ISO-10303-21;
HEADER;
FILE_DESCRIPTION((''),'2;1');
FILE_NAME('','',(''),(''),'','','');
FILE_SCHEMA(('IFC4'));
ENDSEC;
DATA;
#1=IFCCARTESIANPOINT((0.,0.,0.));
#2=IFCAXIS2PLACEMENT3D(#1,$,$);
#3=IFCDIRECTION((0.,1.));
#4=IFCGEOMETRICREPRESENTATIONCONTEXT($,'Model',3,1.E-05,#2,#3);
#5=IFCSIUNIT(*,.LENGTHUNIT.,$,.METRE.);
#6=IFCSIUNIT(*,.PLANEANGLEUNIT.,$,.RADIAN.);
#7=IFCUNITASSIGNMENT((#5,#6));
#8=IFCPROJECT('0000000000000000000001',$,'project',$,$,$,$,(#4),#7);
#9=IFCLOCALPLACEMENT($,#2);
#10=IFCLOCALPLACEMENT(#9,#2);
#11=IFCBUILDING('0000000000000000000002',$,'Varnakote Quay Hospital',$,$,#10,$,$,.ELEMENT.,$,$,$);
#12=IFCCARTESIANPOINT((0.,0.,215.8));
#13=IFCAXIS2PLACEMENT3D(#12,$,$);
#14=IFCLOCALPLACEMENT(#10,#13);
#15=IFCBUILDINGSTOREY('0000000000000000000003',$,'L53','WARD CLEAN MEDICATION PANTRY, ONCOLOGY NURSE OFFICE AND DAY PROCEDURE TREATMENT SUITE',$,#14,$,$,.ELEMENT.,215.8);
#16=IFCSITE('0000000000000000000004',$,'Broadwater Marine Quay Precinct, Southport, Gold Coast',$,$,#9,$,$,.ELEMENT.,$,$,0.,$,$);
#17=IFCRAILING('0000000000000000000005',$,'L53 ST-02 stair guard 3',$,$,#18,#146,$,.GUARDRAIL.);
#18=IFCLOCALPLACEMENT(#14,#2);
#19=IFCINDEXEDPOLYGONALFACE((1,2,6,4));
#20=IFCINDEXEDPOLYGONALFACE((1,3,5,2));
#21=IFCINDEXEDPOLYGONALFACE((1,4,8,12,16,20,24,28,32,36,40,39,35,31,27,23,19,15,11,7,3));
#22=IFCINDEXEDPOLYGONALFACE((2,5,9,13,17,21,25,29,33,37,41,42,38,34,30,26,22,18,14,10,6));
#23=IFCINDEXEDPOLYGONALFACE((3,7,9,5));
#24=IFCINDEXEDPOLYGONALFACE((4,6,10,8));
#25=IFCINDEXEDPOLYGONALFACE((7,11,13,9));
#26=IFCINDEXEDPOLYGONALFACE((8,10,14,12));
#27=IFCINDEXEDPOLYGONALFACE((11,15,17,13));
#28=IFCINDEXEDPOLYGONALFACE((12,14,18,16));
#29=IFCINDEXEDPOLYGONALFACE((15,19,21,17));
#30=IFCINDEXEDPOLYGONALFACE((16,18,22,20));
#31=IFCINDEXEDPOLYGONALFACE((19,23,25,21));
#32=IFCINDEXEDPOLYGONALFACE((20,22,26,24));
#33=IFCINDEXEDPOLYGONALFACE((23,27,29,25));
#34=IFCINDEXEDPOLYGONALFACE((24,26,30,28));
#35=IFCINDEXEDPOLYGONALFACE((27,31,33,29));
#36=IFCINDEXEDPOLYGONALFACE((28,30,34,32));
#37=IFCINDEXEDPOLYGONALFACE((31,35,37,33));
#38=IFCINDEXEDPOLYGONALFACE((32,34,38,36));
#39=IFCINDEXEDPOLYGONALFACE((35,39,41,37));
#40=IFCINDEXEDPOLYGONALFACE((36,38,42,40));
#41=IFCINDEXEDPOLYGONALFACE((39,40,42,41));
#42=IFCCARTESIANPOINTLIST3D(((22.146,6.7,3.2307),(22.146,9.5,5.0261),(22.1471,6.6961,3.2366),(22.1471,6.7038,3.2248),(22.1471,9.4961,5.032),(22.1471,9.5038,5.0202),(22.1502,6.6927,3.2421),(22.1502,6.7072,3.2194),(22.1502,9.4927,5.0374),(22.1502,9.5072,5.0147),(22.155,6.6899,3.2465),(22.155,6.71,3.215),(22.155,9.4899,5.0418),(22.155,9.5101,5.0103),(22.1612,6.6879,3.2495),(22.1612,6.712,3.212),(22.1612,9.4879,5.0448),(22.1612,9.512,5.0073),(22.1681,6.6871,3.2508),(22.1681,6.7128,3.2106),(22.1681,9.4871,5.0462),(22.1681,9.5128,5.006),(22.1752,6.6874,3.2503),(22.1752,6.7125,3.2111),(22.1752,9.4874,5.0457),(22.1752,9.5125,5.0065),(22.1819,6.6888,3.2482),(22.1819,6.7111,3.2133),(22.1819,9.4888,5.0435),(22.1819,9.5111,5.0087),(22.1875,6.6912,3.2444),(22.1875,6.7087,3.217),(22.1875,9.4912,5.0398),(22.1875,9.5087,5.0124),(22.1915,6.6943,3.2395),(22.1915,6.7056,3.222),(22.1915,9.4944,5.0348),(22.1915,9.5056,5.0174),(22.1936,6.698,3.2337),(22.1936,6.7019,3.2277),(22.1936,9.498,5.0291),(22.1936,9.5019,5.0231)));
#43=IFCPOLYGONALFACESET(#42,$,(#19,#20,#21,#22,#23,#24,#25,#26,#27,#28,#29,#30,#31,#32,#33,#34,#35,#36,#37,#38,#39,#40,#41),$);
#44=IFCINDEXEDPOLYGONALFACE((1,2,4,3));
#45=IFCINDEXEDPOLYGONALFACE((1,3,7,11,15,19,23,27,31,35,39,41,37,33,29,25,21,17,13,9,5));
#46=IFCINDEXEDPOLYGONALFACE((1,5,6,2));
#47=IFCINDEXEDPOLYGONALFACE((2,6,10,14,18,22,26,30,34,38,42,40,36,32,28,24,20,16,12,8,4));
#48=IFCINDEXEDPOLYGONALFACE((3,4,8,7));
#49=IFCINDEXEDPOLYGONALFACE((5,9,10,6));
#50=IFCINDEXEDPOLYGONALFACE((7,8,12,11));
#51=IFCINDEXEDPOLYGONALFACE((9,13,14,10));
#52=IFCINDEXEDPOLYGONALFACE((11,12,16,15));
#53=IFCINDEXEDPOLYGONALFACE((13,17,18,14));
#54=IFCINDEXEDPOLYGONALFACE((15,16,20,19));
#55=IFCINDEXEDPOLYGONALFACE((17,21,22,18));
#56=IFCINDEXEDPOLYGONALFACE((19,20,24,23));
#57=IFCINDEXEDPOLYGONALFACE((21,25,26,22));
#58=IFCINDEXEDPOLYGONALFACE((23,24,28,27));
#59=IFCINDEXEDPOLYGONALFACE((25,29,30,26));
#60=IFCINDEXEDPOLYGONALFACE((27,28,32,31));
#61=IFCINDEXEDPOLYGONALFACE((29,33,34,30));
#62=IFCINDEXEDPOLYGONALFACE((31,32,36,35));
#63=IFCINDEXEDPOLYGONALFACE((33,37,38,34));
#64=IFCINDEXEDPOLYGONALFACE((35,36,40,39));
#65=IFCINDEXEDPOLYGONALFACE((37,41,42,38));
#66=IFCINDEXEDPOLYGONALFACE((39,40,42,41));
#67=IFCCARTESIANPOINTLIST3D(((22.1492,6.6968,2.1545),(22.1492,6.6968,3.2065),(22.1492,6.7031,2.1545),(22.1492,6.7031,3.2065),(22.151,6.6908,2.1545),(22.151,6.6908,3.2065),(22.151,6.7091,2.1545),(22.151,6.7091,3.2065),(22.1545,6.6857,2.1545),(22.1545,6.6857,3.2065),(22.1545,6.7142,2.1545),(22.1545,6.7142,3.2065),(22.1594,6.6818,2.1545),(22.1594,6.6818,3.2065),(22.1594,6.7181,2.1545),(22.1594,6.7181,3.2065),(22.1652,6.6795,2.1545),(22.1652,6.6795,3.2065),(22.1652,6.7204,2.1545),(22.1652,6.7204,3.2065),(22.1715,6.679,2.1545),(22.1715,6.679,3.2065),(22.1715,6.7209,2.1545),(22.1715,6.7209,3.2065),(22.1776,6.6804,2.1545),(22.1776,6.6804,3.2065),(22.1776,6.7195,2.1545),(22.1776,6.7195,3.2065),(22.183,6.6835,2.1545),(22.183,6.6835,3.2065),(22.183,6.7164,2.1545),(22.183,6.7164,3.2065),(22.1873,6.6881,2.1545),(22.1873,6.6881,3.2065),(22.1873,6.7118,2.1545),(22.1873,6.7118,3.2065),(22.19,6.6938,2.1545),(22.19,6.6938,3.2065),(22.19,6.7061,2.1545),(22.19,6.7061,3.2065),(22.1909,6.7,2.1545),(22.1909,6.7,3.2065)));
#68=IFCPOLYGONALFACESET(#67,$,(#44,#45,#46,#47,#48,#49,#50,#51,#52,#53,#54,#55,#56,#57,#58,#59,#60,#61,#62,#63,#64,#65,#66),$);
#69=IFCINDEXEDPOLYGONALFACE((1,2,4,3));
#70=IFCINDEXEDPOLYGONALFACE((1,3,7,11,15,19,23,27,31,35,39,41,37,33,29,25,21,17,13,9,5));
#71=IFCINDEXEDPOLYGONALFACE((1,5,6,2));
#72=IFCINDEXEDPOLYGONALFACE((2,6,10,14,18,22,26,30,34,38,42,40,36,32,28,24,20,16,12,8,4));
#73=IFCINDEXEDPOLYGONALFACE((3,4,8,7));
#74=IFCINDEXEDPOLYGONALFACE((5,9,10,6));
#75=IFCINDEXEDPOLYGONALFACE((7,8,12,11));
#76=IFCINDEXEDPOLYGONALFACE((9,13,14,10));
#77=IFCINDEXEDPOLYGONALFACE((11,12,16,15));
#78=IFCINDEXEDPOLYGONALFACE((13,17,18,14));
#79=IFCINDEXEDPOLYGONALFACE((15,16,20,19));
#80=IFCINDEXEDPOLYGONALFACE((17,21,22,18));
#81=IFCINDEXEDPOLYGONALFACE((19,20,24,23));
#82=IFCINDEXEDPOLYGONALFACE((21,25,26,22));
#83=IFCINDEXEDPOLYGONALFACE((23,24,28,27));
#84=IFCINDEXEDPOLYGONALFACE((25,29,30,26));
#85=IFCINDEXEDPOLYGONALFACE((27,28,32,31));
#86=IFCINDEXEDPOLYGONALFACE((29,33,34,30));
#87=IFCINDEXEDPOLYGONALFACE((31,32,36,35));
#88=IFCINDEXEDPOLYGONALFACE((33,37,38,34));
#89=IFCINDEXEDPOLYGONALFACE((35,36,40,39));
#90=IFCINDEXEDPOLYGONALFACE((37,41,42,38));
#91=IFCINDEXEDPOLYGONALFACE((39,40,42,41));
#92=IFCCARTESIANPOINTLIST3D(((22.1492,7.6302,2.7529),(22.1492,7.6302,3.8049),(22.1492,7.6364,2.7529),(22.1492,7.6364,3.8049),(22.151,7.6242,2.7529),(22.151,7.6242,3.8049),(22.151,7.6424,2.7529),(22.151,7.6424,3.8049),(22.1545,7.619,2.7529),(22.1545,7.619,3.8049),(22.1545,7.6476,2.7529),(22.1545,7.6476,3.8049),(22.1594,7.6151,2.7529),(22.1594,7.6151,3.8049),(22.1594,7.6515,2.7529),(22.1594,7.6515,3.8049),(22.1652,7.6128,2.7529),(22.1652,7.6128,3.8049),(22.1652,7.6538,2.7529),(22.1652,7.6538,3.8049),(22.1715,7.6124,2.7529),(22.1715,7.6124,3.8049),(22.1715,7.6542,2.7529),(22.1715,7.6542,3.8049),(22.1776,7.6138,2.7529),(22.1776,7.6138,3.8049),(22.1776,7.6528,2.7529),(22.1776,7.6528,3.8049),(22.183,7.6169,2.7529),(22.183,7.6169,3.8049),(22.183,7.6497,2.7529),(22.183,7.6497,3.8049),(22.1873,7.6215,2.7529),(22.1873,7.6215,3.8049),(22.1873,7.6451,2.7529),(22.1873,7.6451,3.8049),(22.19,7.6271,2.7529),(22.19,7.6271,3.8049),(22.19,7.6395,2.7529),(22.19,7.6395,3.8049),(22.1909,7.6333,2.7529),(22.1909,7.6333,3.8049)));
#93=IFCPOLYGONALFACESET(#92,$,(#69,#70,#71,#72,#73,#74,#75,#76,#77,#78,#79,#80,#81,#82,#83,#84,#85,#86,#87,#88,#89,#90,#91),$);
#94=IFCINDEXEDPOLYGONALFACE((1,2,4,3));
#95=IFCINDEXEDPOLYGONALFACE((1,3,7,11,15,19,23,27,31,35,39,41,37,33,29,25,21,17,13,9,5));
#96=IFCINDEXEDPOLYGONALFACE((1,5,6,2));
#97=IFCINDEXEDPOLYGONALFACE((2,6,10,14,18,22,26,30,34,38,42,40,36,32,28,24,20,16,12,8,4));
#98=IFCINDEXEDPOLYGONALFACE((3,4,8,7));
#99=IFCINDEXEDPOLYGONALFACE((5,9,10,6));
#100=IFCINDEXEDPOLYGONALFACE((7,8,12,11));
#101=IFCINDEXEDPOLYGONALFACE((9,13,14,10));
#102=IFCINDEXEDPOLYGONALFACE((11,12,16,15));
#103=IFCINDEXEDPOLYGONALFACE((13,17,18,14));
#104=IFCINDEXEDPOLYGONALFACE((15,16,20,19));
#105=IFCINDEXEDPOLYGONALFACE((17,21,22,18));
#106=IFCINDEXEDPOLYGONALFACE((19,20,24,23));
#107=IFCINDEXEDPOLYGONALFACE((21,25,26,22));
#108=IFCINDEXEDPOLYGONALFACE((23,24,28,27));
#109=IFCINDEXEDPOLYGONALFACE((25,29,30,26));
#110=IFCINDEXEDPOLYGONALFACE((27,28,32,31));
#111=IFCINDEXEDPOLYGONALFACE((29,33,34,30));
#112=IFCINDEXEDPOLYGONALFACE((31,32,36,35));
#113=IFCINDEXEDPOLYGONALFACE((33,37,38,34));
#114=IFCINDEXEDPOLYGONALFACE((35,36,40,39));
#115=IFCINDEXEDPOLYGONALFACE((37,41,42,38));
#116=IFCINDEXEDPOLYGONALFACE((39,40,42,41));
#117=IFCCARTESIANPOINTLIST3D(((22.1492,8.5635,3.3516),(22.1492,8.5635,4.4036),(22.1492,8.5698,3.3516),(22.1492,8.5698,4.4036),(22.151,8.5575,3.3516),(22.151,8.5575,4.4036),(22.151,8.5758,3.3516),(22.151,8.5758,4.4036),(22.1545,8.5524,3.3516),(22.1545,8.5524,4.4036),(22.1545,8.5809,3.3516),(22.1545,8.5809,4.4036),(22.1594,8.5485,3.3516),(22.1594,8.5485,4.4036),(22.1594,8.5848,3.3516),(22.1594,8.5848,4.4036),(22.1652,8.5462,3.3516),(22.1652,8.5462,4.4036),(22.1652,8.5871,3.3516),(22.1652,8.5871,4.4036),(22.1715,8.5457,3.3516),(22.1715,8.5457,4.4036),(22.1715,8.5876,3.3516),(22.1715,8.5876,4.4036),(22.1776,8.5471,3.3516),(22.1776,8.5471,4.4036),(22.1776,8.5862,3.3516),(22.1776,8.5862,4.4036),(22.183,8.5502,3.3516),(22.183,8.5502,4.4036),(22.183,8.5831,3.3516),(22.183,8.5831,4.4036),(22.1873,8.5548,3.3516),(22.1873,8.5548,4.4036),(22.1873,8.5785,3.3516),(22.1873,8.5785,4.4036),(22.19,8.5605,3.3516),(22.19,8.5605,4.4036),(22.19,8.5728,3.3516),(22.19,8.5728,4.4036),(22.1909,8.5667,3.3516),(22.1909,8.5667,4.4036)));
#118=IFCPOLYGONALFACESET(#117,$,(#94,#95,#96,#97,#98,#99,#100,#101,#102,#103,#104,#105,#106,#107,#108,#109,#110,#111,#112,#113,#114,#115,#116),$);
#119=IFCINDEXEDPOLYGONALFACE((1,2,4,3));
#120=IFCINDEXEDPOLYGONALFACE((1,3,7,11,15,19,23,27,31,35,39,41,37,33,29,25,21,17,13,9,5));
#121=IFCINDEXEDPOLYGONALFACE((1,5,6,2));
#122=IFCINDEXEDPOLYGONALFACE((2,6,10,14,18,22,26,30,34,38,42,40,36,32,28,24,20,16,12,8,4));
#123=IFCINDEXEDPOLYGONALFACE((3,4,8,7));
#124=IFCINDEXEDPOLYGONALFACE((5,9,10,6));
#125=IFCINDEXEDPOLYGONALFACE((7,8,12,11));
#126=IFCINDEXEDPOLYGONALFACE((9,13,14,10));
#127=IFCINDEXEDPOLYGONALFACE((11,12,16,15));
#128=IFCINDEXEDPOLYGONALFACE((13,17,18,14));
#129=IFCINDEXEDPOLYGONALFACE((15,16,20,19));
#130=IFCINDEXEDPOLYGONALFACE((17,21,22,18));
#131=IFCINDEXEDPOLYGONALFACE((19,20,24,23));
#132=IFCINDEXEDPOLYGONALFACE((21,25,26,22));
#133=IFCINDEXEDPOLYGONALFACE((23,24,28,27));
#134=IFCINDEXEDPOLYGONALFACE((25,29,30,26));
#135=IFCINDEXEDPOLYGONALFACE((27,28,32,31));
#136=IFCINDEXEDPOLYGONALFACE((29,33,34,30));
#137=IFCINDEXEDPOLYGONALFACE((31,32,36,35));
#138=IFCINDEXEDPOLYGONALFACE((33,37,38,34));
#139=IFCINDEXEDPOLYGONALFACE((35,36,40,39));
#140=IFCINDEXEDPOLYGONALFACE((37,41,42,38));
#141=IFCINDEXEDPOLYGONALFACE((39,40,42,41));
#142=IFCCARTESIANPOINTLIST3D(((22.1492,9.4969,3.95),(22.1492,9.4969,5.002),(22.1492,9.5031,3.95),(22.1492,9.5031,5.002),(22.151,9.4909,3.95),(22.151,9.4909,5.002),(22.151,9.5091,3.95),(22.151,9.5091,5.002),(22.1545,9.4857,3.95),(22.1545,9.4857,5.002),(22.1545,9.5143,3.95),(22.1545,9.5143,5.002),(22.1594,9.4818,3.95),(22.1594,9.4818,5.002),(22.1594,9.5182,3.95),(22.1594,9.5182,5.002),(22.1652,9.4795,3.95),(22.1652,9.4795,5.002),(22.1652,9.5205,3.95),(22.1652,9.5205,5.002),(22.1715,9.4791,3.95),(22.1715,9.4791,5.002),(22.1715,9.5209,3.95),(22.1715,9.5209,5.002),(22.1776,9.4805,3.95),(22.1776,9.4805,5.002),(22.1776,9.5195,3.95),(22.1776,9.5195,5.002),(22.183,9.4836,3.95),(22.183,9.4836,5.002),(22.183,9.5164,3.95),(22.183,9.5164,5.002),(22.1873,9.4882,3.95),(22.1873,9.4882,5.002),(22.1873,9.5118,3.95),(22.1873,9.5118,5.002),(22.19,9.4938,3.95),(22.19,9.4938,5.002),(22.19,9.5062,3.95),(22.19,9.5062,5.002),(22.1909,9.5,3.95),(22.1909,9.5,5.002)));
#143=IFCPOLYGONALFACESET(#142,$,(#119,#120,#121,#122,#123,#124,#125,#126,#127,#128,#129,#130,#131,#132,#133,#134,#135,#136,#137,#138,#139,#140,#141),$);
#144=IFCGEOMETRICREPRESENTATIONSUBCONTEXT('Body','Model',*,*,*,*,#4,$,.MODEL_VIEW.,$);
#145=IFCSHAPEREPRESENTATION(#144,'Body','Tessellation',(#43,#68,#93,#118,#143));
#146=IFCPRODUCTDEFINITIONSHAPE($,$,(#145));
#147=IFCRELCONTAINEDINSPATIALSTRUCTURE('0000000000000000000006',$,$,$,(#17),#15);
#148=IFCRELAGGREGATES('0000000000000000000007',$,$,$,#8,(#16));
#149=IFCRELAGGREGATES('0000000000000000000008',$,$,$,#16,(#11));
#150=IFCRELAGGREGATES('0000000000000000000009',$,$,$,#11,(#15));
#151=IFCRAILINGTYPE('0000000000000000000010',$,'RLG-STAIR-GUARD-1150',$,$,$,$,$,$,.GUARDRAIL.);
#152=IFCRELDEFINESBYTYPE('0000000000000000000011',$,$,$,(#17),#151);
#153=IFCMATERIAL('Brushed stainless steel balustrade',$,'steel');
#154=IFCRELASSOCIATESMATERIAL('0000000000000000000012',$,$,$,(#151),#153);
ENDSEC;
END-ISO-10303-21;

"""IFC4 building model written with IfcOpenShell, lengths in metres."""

from ifc_helpers import new_model, si_unit, direction, frame, origin, origin_2d, place, context, subcontext, project, spatial, circle, extrude, material, type_object, element, save


model = new_model("IFC4")

# Units and contexts
model_context = context("Model", 3, precision=1e-05, world=origin(), true_north=direction((0.0, 1.0)))
body_context = subcontext(model_context, "Body", "Model", "MODEL_VIEW")
ifc_project = project(units=[si_unit("LENGTHUNIT", "METRE"), si_unit("PLANEANGLEUNIT", "RADIAN")], contexts=[model_context])

# Site, building, storey
site_placement = place(None, origin())
site = spatial("IfcSite", under=ifc_project, at=site_placement, Name="Broadwater Marine Quay Precinct, Southport, Gold Coast", CompositionType="ELEMENT", RefElevation=0.0)
building_placement = place(site_placement, origin())
building = spatial("IfcBuilding", under=site, at=building_placement, Name="Varnakote Quay Hospital", CompositionType="ELEMENT")
storey_placement = place(building_placement, frame((0.0, 0.0, 215.8)))
storey = spatial("IfcBuildingStorey", under=building, at=storey_placement, Name="L53", Description="WARD CLEAN MEDICATION PANTRY, ONCOLOGY NURSE OFFICE AND DAY PROCEDURE TREATMENT SUITE", CompositionType="ELEMENT", Elevation=215.8)

# Railing
ifc_material_1 = material(Name="Brushed stainless steel balustrade", Category="steel")
railing_type_1 = type_object("IfcRailingType", Name="RLG-STAIR-GUARD-1150", PredefinedType="GUARDRAIL", material=ifc_material_1)
railing_1_placement = place(storey_placement, frame((22.1699, 6.7, 2.1545)))
element("IfcRailing", 1, at=railing_1_placement, inside=storey, type_object=railing_type_1, Name="L53 ST-02 stair guard 3", PredefinedType="GUARDRAIL", context=body_context, shape_type="SweptSolid", body=[
    extrude(circle(Radius=0.0239, at=origin_2d()), frame((0.0, 0.0, 1.0762), z_axis=(0.0, 0.84181, 0.539774), x_axis=(-1.0, 0.0, 0.0)), (0.0, 0.0, 1.0), 3.3262),
    extrude(circle(Radius=0.021, at=origin_2d()), origin(), (0.0, 0.0, 1.0), 1.052),
    extrude(circle(Radius=0.021, at=origin_2d()), frame((0.0, 0.9333, 0.5984)), (0.0, 0.0, 1.0), 1.052),
    extrude(circle(Radius=0.021, at=origin_2d()), frame((0.0, 1.8667, 1.197)), (0.0, 0.0, 1.0), 1.052),
    extrude(circle(Radius=0.021, at=origin_2d()), frame((0.0, 2.8, 1.7954)), (0.0, 0.0, 1.0), 1.052),
])

save(model, "model.ifc")
